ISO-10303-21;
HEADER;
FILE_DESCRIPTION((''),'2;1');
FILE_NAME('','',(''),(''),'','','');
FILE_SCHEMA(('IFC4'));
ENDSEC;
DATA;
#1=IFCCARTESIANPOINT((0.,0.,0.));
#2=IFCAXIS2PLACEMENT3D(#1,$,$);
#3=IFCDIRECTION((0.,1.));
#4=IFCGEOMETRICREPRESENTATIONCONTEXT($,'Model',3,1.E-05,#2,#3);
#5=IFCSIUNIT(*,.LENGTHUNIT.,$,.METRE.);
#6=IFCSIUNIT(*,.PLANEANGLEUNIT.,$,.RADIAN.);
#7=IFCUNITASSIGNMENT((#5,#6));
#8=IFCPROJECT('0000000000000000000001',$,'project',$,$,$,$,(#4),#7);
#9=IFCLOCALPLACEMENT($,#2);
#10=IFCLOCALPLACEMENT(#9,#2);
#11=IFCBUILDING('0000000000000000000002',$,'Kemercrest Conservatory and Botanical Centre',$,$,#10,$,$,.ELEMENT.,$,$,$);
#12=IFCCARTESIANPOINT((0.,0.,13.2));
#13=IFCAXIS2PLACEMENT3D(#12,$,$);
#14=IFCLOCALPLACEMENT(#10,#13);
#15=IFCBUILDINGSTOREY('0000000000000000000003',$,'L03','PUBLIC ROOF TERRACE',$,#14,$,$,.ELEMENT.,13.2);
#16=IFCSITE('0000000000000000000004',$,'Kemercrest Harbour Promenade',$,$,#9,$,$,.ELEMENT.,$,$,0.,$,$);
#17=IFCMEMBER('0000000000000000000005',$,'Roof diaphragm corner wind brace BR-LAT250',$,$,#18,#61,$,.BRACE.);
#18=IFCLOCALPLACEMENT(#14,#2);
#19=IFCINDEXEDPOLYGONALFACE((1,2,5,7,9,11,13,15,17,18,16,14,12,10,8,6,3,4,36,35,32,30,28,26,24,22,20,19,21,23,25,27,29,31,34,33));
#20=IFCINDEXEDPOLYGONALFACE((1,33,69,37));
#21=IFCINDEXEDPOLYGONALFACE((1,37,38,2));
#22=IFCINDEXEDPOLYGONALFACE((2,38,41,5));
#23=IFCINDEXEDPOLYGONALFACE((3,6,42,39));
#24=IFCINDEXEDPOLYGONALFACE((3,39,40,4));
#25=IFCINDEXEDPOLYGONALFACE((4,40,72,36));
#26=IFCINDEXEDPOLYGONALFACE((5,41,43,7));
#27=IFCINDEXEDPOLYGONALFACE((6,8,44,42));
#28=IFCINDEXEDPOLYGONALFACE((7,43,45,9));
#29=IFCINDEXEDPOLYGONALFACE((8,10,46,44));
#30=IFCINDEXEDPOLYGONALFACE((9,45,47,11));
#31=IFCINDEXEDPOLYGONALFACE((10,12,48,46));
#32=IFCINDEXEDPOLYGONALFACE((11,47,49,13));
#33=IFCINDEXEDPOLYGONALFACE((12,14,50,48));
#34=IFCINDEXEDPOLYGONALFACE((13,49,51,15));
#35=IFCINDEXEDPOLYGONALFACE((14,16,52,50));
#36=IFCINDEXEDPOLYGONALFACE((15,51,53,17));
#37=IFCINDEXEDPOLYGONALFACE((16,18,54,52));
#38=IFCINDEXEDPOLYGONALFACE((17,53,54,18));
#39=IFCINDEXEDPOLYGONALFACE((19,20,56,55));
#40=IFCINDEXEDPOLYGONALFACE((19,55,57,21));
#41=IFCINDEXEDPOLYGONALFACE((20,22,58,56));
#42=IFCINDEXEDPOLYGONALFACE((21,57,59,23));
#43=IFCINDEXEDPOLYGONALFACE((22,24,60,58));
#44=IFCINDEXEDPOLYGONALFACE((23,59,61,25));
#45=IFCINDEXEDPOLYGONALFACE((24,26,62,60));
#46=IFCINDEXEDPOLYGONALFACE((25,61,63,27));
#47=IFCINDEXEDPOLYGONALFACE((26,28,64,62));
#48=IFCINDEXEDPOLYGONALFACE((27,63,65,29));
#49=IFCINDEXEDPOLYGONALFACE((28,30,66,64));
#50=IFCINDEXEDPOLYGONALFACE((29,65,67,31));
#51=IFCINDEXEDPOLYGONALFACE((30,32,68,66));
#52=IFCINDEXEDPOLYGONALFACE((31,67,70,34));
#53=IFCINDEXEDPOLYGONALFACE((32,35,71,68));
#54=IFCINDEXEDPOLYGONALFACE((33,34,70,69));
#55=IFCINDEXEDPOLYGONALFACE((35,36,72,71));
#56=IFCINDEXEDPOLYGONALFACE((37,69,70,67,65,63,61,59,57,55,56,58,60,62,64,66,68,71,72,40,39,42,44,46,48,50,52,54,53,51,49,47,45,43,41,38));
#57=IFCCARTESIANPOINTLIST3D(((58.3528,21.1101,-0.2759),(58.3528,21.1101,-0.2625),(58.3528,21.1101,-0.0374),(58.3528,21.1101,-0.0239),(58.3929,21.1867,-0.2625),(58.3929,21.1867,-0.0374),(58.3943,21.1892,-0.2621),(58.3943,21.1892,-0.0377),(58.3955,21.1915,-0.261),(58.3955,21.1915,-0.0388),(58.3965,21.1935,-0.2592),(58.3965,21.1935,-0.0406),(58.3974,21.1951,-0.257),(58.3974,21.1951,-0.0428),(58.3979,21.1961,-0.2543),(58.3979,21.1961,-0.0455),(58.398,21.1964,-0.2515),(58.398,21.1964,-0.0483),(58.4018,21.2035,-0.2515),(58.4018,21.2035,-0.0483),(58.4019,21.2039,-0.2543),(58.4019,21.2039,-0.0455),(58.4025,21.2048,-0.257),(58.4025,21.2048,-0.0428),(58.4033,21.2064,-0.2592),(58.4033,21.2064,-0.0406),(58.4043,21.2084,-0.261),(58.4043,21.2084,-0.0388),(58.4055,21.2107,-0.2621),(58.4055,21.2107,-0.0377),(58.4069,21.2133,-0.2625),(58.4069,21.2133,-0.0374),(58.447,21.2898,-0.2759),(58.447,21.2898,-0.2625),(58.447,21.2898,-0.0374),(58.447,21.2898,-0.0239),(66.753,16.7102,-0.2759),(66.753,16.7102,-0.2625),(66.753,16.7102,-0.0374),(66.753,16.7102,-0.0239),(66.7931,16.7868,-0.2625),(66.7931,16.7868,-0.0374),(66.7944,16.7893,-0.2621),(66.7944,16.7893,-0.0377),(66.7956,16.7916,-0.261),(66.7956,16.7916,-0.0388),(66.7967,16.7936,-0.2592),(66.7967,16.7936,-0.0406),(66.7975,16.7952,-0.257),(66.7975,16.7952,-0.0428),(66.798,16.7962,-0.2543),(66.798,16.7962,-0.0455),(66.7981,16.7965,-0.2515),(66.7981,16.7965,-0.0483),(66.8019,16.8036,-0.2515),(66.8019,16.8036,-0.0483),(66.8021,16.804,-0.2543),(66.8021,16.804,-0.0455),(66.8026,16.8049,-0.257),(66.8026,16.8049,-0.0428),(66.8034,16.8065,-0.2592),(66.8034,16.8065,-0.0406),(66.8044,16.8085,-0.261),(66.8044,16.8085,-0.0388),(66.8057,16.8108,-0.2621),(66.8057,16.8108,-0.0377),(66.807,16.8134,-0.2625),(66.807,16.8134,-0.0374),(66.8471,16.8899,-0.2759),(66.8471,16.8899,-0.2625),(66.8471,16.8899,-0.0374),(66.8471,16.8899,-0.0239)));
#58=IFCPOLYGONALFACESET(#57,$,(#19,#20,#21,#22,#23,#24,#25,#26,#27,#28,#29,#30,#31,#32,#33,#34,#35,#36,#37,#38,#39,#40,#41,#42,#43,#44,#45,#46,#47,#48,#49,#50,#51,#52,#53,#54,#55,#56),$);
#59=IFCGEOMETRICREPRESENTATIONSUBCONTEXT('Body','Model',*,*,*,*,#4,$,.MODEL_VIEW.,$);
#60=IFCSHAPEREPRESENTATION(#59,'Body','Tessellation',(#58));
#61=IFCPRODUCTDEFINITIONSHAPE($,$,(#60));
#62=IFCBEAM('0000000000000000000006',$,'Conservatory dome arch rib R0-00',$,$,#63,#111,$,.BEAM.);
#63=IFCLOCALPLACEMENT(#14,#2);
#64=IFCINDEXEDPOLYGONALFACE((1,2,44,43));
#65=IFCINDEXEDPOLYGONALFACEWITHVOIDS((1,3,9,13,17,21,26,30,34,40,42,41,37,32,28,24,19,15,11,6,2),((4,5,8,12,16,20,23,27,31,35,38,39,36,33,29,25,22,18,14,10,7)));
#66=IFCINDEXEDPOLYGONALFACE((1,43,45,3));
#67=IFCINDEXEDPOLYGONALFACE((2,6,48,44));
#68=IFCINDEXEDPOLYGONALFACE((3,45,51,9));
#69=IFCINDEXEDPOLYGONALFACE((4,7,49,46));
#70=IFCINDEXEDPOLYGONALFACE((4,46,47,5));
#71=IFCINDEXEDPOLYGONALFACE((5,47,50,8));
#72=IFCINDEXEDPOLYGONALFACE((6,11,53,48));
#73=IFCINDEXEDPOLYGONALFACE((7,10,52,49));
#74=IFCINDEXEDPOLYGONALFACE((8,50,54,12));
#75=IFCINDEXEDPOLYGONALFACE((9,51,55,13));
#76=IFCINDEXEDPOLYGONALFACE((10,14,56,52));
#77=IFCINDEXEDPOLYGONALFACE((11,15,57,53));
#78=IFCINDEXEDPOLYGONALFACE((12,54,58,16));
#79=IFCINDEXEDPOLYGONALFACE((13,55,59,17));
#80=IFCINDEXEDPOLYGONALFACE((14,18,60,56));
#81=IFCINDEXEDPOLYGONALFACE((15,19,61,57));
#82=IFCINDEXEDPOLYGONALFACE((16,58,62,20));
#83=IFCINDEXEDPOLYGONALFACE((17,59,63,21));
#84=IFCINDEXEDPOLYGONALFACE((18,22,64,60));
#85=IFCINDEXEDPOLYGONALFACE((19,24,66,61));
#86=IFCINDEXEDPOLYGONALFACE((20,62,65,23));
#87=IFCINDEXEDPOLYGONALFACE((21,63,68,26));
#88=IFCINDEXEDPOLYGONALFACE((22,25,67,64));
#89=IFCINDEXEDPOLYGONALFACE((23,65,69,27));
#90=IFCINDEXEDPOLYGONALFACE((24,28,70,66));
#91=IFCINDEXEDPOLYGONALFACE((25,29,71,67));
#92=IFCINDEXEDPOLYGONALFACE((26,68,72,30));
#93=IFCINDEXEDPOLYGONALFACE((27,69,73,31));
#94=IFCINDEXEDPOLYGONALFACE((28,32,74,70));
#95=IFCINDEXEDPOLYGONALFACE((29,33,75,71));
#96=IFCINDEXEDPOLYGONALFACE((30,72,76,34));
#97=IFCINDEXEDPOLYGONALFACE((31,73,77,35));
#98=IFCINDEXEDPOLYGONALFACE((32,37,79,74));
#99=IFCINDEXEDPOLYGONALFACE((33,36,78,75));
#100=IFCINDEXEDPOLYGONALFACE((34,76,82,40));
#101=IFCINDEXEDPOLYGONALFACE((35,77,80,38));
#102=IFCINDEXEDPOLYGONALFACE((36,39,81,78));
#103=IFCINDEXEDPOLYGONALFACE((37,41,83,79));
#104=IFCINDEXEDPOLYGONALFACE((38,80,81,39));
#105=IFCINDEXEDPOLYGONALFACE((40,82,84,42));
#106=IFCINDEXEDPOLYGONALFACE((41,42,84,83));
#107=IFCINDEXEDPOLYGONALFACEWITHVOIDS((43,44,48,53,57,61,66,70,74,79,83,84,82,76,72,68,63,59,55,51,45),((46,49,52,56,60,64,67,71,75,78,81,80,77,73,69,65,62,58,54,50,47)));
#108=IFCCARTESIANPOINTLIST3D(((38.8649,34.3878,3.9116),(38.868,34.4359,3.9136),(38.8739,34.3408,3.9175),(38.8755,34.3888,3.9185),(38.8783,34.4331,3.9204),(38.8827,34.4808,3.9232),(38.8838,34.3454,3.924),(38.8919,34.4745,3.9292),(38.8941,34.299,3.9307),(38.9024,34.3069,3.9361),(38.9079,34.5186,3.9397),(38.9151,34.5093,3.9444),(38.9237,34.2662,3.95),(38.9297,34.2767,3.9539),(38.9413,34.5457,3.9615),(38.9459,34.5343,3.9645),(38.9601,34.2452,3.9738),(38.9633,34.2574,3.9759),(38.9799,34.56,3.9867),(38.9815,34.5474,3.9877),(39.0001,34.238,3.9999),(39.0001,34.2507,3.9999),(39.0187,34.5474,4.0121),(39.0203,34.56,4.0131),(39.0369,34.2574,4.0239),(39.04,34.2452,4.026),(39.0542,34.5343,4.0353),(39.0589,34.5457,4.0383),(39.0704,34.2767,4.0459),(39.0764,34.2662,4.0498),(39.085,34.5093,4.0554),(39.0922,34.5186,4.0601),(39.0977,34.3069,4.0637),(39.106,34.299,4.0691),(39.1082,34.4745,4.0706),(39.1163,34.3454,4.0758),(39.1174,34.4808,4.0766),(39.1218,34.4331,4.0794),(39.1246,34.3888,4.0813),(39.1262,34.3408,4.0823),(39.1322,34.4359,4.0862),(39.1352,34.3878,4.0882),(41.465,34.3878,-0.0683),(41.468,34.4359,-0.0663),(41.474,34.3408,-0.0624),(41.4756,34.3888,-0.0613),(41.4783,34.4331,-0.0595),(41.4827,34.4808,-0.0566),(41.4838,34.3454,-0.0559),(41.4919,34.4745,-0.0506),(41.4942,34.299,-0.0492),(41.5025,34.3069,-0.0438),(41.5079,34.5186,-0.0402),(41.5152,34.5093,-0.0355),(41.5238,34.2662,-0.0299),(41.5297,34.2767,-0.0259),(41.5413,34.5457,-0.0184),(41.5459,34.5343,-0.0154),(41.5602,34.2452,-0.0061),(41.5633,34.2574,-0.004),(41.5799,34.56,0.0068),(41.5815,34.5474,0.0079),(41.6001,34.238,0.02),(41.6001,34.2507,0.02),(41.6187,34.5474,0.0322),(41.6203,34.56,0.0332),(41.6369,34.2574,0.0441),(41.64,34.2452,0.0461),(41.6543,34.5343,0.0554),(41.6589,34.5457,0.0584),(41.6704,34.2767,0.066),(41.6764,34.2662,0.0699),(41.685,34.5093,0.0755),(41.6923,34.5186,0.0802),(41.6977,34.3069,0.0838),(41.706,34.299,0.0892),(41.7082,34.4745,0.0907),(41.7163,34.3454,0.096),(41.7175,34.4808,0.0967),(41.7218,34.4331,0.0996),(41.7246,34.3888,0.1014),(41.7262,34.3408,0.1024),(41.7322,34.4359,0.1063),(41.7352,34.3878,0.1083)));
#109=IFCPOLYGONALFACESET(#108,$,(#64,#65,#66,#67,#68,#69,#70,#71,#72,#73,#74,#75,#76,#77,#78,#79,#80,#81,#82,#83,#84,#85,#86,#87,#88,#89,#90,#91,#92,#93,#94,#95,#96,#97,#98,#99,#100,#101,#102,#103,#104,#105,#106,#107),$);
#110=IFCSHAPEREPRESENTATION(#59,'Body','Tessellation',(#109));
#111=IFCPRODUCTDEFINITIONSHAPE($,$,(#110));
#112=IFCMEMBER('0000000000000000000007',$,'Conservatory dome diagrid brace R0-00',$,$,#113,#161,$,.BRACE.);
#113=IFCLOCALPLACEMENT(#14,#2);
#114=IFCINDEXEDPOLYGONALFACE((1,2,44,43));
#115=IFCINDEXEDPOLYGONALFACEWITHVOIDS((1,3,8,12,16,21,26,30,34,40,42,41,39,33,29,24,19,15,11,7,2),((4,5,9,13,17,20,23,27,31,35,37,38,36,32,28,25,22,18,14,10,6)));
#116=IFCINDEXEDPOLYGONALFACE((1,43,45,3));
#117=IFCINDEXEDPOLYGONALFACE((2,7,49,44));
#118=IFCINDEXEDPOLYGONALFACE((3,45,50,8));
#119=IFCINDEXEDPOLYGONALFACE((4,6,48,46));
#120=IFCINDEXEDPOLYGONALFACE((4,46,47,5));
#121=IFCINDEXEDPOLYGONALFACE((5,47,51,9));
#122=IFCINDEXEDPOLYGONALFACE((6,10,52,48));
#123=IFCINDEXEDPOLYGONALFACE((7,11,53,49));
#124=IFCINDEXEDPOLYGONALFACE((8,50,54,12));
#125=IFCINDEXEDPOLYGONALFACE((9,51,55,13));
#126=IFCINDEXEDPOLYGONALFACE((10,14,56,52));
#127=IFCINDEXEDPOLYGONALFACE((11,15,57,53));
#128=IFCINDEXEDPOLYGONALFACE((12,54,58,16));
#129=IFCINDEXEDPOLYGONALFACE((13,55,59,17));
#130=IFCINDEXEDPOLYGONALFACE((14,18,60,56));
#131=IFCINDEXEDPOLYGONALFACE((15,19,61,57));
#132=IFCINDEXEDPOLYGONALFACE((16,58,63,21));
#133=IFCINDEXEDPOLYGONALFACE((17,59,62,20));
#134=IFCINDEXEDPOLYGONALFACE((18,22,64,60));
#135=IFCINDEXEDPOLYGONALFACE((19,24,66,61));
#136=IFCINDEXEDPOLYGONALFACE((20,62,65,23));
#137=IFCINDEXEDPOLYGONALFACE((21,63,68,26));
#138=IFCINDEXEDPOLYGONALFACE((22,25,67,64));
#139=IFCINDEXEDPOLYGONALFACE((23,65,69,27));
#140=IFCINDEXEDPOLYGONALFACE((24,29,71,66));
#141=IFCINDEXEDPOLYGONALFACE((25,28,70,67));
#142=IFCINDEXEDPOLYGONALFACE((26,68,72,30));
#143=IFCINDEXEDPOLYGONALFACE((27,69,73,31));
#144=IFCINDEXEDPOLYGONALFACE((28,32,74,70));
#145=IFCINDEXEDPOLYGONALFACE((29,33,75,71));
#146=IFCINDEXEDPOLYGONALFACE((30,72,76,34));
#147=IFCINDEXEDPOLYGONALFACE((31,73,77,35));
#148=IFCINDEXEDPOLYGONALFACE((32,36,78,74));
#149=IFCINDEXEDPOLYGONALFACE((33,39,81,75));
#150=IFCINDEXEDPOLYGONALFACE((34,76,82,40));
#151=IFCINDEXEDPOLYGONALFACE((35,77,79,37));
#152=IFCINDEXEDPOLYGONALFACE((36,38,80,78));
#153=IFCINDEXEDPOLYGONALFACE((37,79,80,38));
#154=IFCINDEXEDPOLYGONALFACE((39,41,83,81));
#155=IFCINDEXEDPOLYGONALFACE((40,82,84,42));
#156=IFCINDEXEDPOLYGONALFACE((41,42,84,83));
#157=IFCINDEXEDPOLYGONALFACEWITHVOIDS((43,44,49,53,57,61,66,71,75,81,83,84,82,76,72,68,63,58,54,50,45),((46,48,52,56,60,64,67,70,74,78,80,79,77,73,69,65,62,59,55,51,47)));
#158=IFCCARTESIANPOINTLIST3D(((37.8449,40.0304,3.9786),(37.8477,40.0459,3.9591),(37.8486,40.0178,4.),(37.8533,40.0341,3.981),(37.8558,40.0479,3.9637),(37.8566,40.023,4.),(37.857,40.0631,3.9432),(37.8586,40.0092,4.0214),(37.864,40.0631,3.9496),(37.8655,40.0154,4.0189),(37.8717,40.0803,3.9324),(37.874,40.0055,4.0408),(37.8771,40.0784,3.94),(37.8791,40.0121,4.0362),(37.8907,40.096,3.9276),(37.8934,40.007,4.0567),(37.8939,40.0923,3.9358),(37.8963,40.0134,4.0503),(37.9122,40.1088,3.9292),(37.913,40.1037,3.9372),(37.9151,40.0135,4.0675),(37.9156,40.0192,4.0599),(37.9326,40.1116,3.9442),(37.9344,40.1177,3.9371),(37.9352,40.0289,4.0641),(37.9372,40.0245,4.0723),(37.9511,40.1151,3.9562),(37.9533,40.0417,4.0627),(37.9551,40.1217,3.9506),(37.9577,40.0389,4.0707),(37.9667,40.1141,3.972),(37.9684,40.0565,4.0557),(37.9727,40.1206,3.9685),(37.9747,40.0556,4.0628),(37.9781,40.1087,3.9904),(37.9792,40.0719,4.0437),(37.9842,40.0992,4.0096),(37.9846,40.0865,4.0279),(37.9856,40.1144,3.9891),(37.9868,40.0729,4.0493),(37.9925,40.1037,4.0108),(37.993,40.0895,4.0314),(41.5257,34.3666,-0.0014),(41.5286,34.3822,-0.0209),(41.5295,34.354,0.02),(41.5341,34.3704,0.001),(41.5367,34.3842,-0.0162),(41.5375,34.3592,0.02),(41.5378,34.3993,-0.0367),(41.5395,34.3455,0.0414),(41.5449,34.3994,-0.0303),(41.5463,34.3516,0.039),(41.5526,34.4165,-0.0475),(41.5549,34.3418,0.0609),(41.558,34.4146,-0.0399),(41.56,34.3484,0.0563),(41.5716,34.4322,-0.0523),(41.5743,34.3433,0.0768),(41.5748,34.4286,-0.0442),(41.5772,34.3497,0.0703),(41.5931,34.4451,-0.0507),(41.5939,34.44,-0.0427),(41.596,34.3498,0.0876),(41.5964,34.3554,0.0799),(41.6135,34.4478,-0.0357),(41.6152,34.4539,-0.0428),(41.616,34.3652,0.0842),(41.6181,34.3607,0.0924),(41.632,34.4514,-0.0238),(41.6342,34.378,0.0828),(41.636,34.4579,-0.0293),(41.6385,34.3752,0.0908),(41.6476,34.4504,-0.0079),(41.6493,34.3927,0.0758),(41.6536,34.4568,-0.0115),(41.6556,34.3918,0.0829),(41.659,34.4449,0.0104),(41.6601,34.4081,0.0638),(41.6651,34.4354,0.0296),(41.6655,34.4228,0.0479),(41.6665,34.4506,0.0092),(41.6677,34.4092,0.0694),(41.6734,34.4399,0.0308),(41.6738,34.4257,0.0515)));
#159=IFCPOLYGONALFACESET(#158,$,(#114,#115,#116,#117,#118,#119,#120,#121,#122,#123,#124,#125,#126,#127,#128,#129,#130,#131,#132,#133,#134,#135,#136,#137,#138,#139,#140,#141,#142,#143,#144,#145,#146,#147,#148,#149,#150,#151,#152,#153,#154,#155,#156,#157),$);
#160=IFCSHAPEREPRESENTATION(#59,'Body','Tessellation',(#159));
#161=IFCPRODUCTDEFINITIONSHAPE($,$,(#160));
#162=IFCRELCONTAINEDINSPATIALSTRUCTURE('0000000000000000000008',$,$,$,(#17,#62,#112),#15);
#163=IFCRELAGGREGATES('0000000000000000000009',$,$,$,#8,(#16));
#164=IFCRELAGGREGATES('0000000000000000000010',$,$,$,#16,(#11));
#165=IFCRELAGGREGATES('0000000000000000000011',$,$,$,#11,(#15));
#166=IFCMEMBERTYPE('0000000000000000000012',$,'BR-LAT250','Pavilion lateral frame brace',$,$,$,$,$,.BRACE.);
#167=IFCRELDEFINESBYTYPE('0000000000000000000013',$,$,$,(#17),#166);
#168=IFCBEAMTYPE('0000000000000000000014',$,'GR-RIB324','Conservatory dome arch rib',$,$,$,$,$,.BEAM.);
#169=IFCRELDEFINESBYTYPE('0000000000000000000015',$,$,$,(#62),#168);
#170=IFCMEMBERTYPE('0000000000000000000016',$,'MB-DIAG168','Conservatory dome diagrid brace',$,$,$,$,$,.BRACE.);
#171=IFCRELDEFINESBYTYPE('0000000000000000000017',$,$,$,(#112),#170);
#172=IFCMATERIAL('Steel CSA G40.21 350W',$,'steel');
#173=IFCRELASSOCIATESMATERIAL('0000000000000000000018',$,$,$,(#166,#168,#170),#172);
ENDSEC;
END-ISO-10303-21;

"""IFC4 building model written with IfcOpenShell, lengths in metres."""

from ifc_helpers import new_model, si_unit, direction, frame, origin, origin_2d, place, context, subcontext, project, spatial, hollow_circle, i_section, extrude, material, material_profile, profile_set, type_object, element, save


model = new_model("IFC4")

# Units and contexts
model_context = context("Model", 3, precision=1e-05, world=origin(), true_north=direction((0.0, 1.0)))
body_context = subcontext(model_context, "Body", "Model", "MODEL_VIEW")
ifc_project = project(units=[si_unit("LENGTHUNIT", "METRE"), si_unit("PLANEANGLEUNIT", "RADIAN")], contexts=[model_context])

# Site, building, storey
site_placement = place(None, origin())
site = spatial("IfcSite", under=ifc_project, at=site_placement, Name="Kemercrest Harbour Promenade", CompositionType="ELEMENT", RefElevation=0.0)
building_placement = place(site_placement, origin())
building = spatial("IfcBuilding", under=site, at=building_placement, Name="Kemercrest Conservatory and Botanical Centre", CompositionType="ELEMENT")
storey_placement = place(building_placement, frame((0.0, 0.0, 13.2)))
storey = spatial("IfcBuildingStorey", under=building, at=storey_placement, Name="L03", Description="PUBLIC ROOF TERRACE", CompositionType="ELEMENT", Elevation=13.2)

# Member
ifc_material_1 = material(Name="Steel CSA G40.21 350W", Category="steel")
ifc_material_profile_1 = material_profile(ifc_material_1, i_section(OverallWidth=0.2029, OverallDepth=0.252, WebThickness=0.0081, FlangeThickness=0.0134, FilletRadius=0.011, at=origin_2d()), Name="W250X58")
ifc_profile_set_1 = profile_set([ifc_material_profile_1], Name="Steel CSA G40.21 350W")
member_type_1 = type_object("IfcMemberType", Name="BR-LAT250", Description="Pavilion lateral frame brace", PredefinedType="BRACE", material=ifc_profile_set_1)
member_1_placement = place(storey_placement, frame((58.3999, 21.2, -0.1499), z_axis=(0.885839, -0.463993, 0.0), x_axis=(0.463993, 0.885839, 0.0)))
element("IfcMember", 1, at=member_1_placement, inside=storey, type_object=member_type_1, Name="Roof diaphragm corner wind brace BR-LAT250", PredefinedType="BRACE", context=body_context, shape_type="SweptSolid", body=[
    extrude(i_section(OverallWidth=0.2029, OverallDepth=0.252, WebThickness=0.0081, FlangeThickness=0.0134, FilletRadius=0.011, at=origin_2d()), origin(), (0.0, 0.0, 1.0), 9.4827),
])

# Beam
ifc_material_profile_2 = material_profile(ifc_material_1, hollow_circle(Radius=0.1619, WallThickness=0.0127, at=origin_2d()), Name="CHS 323.9x12.7")
ifc_profile_set_2 = profile_set([ifc_material_profile_2], Name="Steel CSA G40.21 350W")
beam_type = type_object("IfcBeamType", Name="GR-RIB324", Description="Conservatory dome arch rib", PredefinedType="BEAM", material=ifc_profile_set_2)
beam_placement = place(storey_placement, frame((41.6001, 34.3999, 0.02), z_axis=(-0.546926, 0.0, 0.837181), x_axis=(0.0, -1.0, 0.0)))
element("IfcBeam", 2, at=beam_placement, inside=storey, type_object=beam_type, Name="Conservatory dome arch rib R0-00", PredefinedType="BEAM", context=body_context, shape_type="SweptSolid", body=[
    extrude(hollow_circle(Radius=0.1619, WallThickness=0.0127, at=origin_2d()), origin(), (0.0, 0.0, 1.0), 4.7539),
])

# Member
ifc_material_profile_3 = material_profile(ifc_material_1, hollow_circle(Radius=0.0842, WallThickness=0.0095, at=origin_2d()), Name="CHS 168.3x9.5")
ifc_profile_set_3 = profile_set([ifc_material_profile_3], Name="Steel CSA G40.21 350W")
member_type_2 = type_object("IfcMemberType", Name="MB-DIAG168", Description="Conservatory dome diagrid brace", PredefinedType="BRACE", material=ifc_profile_set_3)
member_2_placement = place(storey_placement, frame((41.6001, 34.3999, 0.02), z_axis=(-0.469494, 0.722411, 0.50764), x_axis=(-0.838482, -0.544929, 0.0)))
element("IfcMember", 3, at=member_2_placement, inside=storey, type_object=member_type_2, Name="Conservatory dome diagrid brace R0-00", PredefinedType="BRACE", context=body_context, shape_type="SweptSolid", body=[
    extrude(hollow_circle(Radius=0.0842, WallThickness=0.0095, at=origin_2d()), origin(), (0.0, 0.0, 1.0), 7.8401),
])

save(model, "model.ifc")
